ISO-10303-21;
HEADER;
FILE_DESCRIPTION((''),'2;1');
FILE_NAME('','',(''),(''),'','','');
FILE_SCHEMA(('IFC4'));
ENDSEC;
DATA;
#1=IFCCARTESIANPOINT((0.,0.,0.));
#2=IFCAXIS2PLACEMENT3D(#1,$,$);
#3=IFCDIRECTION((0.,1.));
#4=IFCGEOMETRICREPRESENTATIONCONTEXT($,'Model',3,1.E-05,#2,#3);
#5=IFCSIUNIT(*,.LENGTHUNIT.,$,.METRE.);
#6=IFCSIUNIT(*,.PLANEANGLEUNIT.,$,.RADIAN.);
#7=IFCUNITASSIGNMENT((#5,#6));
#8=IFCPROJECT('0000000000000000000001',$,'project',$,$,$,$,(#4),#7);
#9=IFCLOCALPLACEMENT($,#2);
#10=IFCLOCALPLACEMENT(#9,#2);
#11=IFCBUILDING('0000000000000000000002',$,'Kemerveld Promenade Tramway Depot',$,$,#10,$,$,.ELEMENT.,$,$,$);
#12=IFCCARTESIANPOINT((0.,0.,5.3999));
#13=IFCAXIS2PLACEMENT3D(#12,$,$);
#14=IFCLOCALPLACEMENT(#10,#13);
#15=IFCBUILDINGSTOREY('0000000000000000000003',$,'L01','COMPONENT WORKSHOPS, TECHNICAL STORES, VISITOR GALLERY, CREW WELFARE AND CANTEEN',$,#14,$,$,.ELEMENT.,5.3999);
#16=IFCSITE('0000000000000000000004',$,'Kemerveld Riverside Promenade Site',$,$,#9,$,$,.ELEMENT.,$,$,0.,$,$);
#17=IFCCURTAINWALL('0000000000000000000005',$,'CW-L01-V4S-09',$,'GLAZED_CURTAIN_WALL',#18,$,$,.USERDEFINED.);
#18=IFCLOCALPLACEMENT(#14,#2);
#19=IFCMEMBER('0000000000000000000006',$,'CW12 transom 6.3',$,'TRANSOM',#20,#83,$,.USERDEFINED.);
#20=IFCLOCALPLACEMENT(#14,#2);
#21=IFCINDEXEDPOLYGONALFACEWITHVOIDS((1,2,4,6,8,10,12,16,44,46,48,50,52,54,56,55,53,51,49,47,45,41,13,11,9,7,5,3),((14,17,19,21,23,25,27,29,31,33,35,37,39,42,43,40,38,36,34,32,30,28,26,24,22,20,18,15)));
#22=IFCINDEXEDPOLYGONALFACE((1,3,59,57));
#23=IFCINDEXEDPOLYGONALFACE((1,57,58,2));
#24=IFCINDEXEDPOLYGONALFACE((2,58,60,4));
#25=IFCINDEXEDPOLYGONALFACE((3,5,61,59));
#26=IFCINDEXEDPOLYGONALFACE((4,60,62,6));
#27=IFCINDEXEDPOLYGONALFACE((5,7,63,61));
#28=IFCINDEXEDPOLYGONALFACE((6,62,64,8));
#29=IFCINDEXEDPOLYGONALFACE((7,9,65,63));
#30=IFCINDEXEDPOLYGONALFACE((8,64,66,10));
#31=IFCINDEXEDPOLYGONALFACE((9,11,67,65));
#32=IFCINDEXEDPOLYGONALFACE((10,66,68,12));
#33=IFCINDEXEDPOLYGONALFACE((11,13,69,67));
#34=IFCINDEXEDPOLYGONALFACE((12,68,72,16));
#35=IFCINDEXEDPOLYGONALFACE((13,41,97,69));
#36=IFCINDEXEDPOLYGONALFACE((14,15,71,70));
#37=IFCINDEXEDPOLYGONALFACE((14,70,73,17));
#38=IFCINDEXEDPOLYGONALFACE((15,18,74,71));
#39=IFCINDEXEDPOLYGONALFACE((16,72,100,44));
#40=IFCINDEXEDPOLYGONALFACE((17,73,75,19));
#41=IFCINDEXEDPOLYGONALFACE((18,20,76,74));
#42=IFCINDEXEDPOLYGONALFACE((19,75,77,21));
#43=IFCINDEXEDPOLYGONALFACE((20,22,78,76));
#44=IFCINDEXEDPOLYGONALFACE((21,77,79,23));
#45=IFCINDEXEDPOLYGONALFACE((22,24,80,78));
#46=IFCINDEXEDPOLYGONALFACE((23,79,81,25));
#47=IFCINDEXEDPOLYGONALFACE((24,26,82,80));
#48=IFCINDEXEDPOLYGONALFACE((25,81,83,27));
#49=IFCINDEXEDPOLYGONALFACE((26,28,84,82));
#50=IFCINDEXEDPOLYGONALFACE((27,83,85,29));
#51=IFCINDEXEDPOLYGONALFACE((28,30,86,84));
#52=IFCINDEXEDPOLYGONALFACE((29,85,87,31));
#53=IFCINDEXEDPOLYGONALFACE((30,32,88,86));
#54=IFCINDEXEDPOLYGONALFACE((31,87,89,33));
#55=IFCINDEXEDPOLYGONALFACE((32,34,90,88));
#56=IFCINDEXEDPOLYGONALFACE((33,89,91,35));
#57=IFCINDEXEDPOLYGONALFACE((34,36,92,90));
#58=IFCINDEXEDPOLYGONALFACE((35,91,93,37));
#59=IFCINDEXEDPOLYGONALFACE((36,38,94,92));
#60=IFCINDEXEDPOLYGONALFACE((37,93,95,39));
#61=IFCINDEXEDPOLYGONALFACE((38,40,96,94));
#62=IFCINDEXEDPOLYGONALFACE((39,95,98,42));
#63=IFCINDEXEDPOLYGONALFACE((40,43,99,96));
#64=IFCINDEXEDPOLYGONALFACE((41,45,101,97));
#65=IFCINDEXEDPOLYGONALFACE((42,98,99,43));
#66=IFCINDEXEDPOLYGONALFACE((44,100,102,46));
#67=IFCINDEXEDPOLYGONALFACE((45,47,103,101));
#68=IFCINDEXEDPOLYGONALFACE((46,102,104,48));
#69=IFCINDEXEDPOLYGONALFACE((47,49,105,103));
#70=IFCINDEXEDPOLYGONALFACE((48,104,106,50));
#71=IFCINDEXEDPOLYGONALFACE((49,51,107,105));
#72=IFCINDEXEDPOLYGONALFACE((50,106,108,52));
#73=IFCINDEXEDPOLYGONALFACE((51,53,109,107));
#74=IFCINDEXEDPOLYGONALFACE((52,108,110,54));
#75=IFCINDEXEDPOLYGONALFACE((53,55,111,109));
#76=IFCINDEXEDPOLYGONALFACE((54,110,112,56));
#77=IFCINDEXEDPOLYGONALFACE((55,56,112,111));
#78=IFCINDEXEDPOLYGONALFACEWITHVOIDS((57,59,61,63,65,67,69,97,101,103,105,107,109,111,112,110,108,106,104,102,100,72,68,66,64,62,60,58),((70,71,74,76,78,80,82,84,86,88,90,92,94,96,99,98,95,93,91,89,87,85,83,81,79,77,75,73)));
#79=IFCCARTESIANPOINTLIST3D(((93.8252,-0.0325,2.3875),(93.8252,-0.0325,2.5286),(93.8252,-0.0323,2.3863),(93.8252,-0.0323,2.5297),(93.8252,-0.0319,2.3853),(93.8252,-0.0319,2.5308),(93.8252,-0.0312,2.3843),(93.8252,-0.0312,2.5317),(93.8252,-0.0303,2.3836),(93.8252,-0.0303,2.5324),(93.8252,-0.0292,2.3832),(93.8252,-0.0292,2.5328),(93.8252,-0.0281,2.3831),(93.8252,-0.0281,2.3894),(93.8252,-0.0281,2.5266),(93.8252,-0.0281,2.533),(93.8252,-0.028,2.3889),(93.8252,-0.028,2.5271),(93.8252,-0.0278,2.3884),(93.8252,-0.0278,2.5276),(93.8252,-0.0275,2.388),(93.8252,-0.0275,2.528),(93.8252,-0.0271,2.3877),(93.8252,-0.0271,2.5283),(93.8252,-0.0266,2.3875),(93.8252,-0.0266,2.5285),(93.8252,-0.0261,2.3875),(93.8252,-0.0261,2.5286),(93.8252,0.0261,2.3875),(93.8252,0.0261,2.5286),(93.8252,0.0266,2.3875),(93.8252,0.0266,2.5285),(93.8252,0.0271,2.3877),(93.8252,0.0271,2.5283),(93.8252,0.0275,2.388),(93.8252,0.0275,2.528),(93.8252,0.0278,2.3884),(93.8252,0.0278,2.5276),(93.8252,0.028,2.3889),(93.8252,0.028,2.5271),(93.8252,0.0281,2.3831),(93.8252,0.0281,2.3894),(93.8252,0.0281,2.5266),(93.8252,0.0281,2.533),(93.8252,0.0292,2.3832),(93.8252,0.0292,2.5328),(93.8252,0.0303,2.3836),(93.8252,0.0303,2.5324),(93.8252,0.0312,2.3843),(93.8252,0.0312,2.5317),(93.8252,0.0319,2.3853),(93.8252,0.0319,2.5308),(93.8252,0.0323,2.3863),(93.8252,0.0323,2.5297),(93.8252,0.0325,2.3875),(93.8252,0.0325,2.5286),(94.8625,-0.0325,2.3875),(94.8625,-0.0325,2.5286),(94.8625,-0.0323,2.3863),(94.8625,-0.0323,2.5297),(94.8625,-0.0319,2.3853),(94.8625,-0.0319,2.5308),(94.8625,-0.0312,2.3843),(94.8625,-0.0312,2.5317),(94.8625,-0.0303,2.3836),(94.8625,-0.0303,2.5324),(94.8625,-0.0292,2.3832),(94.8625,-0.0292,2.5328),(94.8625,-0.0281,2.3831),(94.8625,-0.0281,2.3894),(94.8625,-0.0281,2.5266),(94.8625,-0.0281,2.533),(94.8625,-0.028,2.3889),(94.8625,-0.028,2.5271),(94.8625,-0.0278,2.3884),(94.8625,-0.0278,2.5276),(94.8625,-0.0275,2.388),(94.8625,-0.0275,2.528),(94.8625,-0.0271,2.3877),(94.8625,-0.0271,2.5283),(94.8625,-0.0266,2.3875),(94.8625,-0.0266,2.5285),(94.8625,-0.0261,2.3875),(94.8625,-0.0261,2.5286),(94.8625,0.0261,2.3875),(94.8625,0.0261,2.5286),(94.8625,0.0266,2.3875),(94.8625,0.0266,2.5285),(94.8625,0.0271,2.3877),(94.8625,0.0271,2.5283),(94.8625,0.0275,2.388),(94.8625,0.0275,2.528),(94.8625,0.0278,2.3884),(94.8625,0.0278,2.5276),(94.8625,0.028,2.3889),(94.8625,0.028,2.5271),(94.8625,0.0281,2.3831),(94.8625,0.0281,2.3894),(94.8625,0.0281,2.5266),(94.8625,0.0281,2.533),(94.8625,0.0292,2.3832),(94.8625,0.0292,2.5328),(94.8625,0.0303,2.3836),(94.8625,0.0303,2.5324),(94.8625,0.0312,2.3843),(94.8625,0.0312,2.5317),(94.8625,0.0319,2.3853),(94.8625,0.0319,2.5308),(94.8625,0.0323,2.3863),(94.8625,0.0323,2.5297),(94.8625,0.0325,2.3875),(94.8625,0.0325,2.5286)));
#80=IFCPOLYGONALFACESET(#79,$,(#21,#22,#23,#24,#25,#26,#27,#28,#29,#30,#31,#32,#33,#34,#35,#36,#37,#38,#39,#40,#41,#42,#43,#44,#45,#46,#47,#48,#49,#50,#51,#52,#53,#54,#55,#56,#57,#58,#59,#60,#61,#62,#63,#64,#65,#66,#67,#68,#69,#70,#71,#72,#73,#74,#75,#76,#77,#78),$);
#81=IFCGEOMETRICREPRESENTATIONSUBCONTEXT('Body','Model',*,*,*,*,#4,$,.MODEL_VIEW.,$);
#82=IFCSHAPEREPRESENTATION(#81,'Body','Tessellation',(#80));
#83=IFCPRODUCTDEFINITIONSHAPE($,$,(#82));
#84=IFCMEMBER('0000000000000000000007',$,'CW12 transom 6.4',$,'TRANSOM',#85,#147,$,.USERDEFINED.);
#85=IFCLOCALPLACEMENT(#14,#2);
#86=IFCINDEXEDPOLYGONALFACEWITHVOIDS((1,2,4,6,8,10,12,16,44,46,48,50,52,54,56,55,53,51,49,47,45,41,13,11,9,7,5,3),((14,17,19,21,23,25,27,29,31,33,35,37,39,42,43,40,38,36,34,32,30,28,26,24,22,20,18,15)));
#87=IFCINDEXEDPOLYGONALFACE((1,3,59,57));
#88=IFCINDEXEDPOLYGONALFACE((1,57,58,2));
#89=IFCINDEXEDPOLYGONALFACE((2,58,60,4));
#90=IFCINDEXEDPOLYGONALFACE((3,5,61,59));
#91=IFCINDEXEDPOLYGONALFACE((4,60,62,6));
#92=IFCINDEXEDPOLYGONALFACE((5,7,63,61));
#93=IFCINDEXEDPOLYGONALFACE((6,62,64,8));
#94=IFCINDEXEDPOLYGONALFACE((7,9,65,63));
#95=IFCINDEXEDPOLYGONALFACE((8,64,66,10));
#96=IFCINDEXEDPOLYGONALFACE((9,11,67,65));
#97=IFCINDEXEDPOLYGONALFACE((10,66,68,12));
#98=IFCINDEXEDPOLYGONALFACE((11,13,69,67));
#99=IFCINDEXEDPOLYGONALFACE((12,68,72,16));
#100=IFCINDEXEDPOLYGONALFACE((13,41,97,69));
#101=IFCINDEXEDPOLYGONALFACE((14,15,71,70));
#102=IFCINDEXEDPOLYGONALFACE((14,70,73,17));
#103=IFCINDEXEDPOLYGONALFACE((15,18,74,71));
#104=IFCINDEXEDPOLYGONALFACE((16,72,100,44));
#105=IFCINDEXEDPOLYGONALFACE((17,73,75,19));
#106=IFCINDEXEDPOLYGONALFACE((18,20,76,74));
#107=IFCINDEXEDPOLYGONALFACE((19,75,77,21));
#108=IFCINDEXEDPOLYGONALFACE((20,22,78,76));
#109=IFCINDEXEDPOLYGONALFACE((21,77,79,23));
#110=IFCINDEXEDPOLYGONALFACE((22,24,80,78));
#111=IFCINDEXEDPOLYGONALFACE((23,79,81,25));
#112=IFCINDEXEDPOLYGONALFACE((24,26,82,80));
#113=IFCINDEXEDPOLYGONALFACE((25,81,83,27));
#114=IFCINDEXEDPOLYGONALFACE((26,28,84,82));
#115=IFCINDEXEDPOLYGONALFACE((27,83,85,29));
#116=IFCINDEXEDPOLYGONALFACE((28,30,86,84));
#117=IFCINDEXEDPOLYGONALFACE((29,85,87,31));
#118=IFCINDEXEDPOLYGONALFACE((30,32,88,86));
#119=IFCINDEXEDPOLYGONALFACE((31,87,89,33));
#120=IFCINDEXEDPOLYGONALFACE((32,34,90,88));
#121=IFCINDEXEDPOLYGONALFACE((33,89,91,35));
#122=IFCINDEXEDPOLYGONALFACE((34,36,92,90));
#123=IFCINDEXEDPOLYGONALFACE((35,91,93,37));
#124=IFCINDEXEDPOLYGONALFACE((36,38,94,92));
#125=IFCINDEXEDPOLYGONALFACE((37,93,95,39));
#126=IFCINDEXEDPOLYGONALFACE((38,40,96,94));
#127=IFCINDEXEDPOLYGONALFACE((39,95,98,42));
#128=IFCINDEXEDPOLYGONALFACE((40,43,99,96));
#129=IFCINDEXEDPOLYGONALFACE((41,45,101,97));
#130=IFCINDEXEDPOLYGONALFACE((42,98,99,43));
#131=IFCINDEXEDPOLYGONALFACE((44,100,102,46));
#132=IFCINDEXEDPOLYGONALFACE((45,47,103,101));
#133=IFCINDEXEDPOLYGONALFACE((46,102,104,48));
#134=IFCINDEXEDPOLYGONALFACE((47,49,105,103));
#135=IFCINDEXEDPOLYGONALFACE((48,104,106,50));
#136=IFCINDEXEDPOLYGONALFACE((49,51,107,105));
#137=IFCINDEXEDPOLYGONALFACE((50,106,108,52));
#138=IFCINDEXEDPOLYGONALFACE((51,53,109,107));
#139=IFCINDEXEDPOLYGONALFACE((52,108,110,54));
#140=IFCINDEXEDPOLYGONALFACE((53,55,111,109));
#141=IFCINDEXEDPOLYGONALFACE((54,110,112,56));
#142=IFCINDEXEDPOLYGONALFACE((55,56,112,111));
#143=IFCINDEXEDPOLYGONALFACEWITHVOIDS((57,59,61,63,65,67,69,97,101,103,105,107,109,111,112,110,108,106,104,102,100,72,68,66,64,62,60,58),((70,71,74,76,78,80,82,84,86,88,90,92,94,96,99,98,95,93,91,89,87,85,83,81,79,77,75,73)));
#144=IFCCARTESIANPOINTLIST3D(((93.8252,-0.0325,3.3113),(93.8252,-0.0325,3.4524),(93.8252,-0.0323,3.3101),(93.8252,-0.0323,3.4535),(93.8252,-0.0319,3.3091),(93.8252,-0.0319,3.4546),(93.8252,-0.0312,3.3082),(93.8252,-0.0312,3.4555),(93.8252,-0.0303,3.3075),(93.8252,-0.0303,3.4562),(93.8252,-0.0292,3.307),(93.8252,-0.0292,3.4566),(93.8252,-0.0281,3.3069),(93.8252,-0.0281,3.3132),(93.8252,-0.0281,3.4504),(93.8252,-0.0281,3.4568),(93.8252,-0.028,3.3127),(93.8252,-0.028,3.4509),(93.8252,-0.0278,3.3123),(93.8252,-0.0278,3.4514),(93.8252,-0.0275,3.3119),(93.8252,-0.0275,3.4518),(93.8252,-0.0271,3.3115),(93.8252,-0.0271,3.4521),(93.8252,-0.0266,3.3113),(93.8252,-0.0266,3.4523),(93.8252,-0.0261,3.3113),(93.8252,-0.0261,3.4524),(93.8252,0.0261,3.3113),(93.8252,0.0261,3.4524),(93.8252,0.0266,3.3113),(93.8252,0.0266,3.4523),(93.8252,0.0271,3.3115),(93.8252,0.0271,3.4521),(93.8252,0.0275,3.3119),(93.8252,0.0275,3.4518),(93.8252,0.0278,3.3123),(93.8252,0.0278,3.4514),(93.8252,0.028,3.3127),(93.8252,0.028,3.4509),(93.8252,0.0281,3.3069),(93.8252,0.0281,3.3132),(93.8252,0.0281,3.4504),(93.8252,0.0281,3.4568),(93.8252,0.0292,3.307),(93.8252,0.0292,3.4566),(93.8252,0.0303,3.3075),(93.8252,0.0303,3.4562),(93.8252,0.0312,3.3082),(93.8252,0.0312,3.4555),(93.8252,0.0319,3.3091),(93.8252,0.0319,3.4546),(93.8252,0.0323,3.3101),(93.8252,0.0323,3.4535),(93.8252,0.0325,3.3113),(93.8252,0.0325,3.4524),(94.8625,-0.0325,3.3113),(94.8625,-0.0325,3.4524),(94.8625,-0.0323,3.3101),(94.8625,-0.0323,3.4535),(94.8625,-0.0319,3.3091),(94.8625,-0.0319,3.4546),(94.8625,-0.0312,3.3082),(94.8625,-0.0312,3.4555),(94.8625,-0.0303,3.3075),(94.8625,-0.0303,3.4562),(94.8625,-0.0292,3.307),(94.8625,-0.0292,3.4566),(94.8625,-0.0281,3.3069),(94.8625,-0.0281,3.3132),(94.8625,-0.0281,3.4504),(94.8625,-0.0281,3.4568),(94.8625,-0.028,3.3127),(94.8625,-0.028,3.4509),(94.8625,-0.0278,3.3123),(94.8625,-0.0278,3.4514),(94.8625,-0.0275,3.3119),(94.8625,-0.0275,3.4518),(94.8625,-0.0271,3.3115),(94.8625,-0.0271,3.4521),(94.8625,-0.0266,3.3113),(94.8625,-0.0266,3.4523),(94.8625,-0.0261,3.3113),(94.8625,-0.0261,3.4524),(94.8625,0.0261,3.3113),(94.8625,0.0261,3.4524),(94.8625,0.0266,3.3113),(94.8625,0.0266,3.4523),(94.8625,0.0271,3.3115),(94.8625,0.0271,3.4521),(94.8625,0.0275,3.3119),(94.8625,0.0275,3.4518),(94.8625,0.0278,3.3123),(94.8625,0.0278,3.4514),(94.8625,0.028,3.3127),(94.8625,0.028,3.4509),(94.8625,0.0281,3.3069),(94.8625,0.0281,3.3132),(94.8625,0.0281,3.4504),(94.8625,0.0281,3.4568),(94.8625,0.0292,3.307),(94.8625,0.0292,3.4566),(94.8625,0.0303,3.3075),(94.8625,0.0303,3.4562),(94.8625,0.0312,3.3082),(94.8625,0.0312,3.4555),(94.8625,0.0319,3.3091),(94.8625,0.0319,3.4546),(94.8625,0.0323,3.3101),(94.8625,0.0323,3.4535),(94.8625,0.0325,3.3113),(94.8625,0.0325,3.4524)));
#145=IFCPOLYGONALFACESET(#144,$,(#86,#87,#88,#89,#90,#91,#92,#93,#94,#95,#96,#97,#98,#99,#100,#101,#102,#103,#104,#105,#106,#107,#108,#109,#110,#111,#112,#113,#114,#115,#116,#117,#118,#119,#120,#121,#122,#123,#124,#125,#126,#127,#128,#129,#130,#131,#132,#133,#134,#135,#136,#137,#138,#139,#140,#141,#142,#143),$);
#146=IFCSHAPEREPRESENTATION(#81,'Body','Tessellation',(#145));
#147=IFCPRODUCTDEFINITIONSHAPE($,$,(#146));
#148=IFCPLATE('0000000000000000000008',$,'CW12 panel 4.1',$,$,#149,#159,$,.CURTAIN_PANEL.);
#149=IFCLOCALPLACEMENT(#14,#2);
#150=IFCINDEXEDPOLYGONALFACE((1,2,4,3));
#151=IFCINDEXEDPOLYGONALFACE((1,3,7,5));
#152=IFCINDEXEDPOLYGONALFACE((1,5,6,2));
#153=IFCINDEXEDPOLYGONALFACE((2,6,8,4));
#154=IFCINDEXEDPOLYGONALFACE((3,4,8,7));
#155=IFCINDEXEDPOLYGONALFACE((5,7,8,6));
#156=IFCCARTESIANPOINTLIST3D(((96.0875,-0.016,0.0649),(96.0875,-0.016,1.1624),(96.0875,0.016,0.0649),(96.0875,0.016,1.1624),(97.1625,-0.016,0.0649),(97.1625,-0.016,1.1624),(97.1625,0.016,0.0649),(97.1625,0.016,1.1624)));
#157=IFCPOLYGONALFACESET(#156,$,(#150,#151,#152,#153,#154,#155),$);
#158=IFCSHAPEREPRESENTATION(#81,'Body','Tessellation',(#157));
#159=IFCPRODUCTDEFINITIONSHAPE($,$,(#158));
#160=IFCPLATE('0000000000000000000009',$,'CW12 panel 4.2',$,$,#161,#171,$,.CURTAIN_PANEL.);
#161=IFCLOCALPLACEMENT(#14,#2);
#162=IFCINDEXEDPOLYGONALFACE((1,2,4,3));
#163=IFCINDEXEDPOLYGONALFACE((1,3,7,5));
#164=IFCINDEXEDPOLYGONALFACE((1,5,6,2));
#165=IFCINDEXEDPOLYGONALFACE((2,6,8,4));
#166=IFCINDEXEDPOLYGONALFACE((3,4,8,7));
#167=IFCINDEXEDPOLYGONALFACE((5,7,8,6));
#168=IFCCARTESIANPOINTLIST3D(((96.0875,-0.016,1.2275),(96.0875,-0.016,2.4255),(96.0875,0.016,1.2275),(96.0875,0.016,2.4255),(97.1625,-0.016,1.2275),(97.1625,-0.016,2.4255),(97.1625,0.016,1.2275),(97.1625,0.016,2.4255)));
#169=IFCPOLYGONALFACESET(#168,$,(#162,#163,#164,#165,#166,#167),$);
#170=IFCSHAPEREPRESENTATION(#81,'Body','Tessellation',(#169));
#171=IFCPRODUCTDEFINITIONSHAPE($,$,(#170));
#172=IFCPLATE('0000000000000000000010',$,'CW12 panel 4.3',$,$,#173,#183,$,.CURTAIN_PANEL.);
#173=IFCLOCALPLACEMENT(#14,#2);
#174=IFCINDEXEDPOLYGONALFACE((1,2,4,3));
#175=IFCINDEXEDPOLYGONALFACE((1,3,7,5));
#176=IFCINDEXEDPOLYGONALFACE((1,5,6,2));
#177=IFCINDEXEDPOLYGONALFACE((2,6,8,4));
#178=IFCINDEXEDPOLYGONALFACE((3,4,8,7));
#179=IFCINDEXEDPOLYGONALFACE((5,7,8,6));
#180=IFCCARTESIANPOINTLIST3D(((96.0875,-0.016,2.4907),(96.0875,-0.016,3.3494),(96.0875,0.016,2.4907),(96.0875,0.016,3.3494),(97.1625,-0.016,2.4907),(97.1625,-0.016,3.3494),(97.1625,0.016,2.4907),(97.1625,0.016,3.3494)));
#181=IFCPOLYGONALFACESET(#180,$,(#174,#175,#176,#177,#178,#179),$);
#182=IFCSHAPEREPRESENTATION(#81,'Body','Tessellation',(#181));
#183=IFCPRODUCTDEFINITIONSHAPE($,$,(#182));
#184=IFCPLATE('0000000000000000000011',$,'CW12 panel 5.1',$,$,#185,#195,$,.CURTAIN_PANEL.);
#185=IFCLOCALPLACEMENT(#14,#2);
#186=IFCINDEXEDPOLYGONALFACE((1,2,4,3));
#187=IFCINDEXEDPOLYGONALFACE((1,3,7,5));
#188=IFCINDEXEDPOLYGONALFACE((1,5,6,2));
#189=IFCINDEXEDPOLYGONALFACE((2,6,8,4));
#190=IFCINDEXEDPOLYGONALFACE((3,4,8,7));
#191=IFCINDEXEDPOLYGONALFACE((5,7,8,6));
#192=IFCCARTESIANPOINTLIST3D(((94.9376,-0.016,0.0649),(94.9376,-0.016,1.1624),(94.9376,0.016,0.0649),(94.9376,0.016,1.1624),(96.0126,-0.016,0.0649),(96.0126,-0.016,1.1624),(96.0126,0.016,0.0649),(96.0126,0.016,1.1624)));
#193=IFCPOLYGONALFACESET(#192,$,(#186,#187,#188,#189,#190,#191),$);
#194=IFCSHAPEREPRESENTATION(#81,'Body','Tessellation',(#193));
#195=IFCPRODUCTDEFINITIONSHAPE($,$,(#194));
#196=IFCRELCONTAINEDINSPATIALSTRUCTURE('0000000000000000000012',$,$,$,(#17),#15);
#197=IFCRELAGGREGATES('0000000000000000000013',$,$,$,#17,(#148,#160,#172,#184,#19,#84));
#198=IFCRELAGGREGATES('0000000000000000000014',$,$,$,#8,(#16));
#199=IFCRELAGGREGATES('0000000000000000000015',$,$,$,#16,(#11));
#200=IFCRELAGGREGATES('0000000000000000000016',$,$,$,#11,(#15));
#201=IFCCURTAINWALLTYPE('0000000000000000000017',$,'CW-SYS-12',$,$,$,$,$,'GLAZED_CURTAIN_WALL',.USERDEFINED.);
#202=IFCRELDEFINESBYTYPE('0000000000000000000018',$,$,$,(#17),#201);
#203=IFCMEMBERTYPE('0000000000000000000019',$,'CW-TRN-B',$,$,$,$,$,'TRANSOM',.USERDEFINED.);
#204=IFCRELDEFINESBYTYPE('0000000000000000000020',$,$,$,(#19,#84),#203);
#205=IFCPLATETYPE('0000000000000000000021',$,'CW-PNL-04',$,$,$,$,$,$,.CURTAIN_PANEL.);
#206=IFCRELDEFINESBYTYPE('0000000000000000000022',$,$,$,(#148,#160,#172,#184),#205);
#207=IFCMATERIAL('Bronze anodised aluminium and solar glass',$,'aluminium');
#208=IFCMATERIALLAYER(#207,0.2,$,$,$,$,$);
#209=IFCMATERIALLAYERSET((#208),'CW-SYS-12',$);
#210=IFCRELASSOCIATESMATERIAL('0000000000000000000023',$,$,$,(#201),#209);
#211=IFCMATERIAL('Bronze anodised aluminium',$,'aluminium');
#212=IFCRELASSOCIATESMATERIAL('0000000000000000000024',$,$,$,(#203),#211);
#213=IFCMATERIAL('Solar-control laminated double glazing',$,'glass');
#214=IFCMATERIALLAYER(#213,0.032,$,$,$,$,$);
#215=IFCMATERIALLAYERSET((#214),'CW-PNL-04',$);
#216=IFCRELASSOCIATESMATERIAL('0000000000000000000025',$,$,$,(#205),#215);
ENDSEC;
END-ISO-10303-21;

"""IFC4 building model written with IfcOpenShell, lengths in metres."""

from ifc_helpers import new_model, si_unit, direction, frame, origin, origin_2d, place, context, subcontext, project, spatial, rectangle, hollow_rectangle, extrude, material, layer, layer_set, material_profile, profile_set, type_object, element, aggregate, save


model = new_model("IFC4")

# Units and contexts
model_context = context("Model", 3, precision=1e-05, world=origin(), true_north=direction((0.0, 1.0)))
body_context = subcontext(model_context, "Body", "Model", "MODEL_VIEW")
ifc_project = project(units=[si_unit("LENGTHUNIT", "METRE"), si_unit("PLANEANGLEUNIT", "RADIAN")], contexts=[model_context])

# Site, building, storey
site_placement = place(None, origin())
site = spatial("IfcSite", under=ifc_project, at=site_placement, Name="Kemerveld Riverside Promenade Site", CompositionType="ELEMENT", RefElevation=0.0)
building_placement = place(site_placement, origin())
building = spatial("IfcBuilding", under=site, at=building_placement, Name="Kemerveld Promenade Tramway Depot", CompositionType="ELEMENT")
storey_placement = place(building_placement, frame((0.0, 0.0, 5.3999)))
storey = spatial("IfcBuildingStorey", under=building, at=storey_placement, Name="L01", Description="COMPONENT WORKSHOPS, TECHNICAL STORES, VISITOR GALLERY, CREW WELFARE AND CANTEEN", CompositionType="ELEMENT", Elevation=5.3999)

# Curtain wall, members, plates
ifc_material_1 = material(Name="Bronze anodised aluminium and solar glass", Category="aluminium")
ifc_layer_1 = layer(ifc_material_1, 0.2)
ifc_layer_set_1 = layer_set([ifc_layer_1], Name="CW-SYS-12")
curtain_wall_type = type_object("IfcCurtainWallType", Name="CW-SYS-12", ElementType="GLAZED_CURTAIN_WALL", PredefinedType="USERDEFINED", material=ifc_layer_set_1)
curtain_wall_placement = place(storey_placement, origin())
curtain_wall = element("IfcCurtainWall", 1, at=curtain_wall_placement, inside=storey, type_object=curtain_wall_type, Name="CW-L01-V4S-09", ObjectType="GLAZED_CURTAIN_WALL", PredefinedType="USERDEFINED")
ifc_material_2 = material(Name="Bronze anodised aluminium", Category="aluminium")
ifc_material_profile_1 = material_profile(ifc_material_2, hollow_rectangle(XDim=0.0649, YDim=0.1499, WallThickness=0.0044, InnerFilletRadius=0.002, OuterFilletRadius=0.0044, at=origin_2d()), Name="CW-TRN-150x65")
ifc_profile_set_1 = profile_set([ifc_material_profile_1], Name="Bronze anodised aluminium")
member_type_1 = type_object("IfcMemberType", Name="CW-TRN-B", ElementType="TRANSOM", PredefinedType="USERDEFINED", material=ifc_profile_set_1)
member_1_placement = place(storey_placement, frame((94.8625, 0.0, 2.458), z_axis=(-1.0, 0.0, 0.0), x_axis=(0.0, -1.0, 0.0)))
member_1 = element("IfcMember", 2, at=member_1_placement, type_object=member_type_1, Name="CW12 transom 6.3", ObjectType="TRANSOM", PredefinedType="USERDEFINED", context=body_context, shape_type="SweptSolid", body=[
    extrude(hollow_rectangle(XDim=0.0649, YDim=0.1499, WallThickness=0.0044, InnerFilletRadius=0.002, OuterFilletRadius=0.0044, at=origin_2d()), origin(), (0.0, 0.0, 1.0), 1.0374),
])
member_2_placement = place(storey_placement, frame((94.8625, 0.0, 3.3818), z_axis=(-1.0, 0.0, 0.0), x_axis=(0.0, -1.0, 0.0)))
member_2 = element("IfcMember", 3, at=member_2_placement, type_object=member_type_1, Name="CW12 transom 6.4", ObjectType="TRANSOM", PredefinedType="USERDEFINED", context=body_context, shape_type="SweptSolid", body=[
    extrude(hollow_rectangle(XDim=0.0649, YDim=0.1499, WallThickness=0.0044, InnerFilletRadius=0.002, OuterFilletRadius=0.0044, at=origin_2d()), origin(), (0.0, 0.0, 1.0), 1.0374),
])
ifc_material_3 = material(Name="Solar-control laminated double glazing", Category="glass")
ifc_layer_2 = layer(ifc_material_3, 0.032)
ifc_layer_set_2 = layer_set([ifc_layer_2], Name="CW-PNL-04")
plate_type = type_object("IfcPlateType", Name="CW-PNL-04", PredefinedType="CURTAIN_PANEL", material=ifc_layer_set_2)
plate_1_placement = place(storey_placement, frame((96.625, 0.0, 0.0649), z_axis=(0.0, 0.0, 1.0), x_axis=(-1.0, 0.0, 0.0)))
plate_1 = element("IfcPlate", 4, at=plate_1_placement, type_object=plate_type, Name="CW12 panel 4.1", PredefinedType="CURTAIN_PANEL", context=body_context, shape_type="SweptSolid", body=[
    extrude(rectangle(XDim=1.075, YDim=0.032, at=origin_2d()), origin(), (0.0, 0.0, 1.0), 1.0974),
])
plate_2_placement = place(storey_placement, frame((96.625, 0.0, 1.2275), z_axis=(0.0, 0.0, 1.0), x_axis=(-1.0, 0.0, 0.0)))
plate_2 = element("IfcPlate", 5, at=plate_2_placement, type_object=plate_type, Name="CW12 panel 4.2", PredefinedType="CURTAIN_PANEL", context=body_context, shape_type="SweptSolid", body=[
    extrude(rectangle(XDim=1.075, YDim=0.032, at=origin_2d()), origin(), (0.0, 0.0, 1.0), 1.198),
])
plate_3_placement = place(storey_placement, frame((96.625, 0.0, 2.4907), z_axis=(0.0, 0.0, 1.0), x_axis=(-1.0, 0.0, 0.0)))
plate_3 = element("IfcPlate", 6, at=plate_3_placement, type_object=plate_type, Name="CW12 panel 4.3", PredefinedType="CURTAIN_PANEL", context=body_context, shape_type="SweptSolid", body=[
    extrude(rectangle(XDim=1.075, YDim=0.032, at=origin_2d()), origin(), (0.0, 0.0, 1.0), 0.8586),
])
plate_4_placement = place(storey_placement, frame((95.4751, 0.0, 0.0649), z_axis=(0.0, 0.0, 1.0), x_axis=(-1.0, 0.0, 0.0)))
plate_4 = element("IfcPlate", 7, at=plate_4_placement, type_object=plate_type, Name="CW12 panel 5.1", PredefinedType="CURTAIN_PANEL", context=body_context, shape_type="SweptSolid", body=[
    extrude(rectangle(XDim=1.075, YDim=0.032, at=origin_2d()), origin(), (0.0, 0.0, 1.0), 1.0974),
])
aggregate(curtain_wall, [plate_1, plate_2, plate_3, plate_4, member_1, member_2])

save(model, "model.ifc")
